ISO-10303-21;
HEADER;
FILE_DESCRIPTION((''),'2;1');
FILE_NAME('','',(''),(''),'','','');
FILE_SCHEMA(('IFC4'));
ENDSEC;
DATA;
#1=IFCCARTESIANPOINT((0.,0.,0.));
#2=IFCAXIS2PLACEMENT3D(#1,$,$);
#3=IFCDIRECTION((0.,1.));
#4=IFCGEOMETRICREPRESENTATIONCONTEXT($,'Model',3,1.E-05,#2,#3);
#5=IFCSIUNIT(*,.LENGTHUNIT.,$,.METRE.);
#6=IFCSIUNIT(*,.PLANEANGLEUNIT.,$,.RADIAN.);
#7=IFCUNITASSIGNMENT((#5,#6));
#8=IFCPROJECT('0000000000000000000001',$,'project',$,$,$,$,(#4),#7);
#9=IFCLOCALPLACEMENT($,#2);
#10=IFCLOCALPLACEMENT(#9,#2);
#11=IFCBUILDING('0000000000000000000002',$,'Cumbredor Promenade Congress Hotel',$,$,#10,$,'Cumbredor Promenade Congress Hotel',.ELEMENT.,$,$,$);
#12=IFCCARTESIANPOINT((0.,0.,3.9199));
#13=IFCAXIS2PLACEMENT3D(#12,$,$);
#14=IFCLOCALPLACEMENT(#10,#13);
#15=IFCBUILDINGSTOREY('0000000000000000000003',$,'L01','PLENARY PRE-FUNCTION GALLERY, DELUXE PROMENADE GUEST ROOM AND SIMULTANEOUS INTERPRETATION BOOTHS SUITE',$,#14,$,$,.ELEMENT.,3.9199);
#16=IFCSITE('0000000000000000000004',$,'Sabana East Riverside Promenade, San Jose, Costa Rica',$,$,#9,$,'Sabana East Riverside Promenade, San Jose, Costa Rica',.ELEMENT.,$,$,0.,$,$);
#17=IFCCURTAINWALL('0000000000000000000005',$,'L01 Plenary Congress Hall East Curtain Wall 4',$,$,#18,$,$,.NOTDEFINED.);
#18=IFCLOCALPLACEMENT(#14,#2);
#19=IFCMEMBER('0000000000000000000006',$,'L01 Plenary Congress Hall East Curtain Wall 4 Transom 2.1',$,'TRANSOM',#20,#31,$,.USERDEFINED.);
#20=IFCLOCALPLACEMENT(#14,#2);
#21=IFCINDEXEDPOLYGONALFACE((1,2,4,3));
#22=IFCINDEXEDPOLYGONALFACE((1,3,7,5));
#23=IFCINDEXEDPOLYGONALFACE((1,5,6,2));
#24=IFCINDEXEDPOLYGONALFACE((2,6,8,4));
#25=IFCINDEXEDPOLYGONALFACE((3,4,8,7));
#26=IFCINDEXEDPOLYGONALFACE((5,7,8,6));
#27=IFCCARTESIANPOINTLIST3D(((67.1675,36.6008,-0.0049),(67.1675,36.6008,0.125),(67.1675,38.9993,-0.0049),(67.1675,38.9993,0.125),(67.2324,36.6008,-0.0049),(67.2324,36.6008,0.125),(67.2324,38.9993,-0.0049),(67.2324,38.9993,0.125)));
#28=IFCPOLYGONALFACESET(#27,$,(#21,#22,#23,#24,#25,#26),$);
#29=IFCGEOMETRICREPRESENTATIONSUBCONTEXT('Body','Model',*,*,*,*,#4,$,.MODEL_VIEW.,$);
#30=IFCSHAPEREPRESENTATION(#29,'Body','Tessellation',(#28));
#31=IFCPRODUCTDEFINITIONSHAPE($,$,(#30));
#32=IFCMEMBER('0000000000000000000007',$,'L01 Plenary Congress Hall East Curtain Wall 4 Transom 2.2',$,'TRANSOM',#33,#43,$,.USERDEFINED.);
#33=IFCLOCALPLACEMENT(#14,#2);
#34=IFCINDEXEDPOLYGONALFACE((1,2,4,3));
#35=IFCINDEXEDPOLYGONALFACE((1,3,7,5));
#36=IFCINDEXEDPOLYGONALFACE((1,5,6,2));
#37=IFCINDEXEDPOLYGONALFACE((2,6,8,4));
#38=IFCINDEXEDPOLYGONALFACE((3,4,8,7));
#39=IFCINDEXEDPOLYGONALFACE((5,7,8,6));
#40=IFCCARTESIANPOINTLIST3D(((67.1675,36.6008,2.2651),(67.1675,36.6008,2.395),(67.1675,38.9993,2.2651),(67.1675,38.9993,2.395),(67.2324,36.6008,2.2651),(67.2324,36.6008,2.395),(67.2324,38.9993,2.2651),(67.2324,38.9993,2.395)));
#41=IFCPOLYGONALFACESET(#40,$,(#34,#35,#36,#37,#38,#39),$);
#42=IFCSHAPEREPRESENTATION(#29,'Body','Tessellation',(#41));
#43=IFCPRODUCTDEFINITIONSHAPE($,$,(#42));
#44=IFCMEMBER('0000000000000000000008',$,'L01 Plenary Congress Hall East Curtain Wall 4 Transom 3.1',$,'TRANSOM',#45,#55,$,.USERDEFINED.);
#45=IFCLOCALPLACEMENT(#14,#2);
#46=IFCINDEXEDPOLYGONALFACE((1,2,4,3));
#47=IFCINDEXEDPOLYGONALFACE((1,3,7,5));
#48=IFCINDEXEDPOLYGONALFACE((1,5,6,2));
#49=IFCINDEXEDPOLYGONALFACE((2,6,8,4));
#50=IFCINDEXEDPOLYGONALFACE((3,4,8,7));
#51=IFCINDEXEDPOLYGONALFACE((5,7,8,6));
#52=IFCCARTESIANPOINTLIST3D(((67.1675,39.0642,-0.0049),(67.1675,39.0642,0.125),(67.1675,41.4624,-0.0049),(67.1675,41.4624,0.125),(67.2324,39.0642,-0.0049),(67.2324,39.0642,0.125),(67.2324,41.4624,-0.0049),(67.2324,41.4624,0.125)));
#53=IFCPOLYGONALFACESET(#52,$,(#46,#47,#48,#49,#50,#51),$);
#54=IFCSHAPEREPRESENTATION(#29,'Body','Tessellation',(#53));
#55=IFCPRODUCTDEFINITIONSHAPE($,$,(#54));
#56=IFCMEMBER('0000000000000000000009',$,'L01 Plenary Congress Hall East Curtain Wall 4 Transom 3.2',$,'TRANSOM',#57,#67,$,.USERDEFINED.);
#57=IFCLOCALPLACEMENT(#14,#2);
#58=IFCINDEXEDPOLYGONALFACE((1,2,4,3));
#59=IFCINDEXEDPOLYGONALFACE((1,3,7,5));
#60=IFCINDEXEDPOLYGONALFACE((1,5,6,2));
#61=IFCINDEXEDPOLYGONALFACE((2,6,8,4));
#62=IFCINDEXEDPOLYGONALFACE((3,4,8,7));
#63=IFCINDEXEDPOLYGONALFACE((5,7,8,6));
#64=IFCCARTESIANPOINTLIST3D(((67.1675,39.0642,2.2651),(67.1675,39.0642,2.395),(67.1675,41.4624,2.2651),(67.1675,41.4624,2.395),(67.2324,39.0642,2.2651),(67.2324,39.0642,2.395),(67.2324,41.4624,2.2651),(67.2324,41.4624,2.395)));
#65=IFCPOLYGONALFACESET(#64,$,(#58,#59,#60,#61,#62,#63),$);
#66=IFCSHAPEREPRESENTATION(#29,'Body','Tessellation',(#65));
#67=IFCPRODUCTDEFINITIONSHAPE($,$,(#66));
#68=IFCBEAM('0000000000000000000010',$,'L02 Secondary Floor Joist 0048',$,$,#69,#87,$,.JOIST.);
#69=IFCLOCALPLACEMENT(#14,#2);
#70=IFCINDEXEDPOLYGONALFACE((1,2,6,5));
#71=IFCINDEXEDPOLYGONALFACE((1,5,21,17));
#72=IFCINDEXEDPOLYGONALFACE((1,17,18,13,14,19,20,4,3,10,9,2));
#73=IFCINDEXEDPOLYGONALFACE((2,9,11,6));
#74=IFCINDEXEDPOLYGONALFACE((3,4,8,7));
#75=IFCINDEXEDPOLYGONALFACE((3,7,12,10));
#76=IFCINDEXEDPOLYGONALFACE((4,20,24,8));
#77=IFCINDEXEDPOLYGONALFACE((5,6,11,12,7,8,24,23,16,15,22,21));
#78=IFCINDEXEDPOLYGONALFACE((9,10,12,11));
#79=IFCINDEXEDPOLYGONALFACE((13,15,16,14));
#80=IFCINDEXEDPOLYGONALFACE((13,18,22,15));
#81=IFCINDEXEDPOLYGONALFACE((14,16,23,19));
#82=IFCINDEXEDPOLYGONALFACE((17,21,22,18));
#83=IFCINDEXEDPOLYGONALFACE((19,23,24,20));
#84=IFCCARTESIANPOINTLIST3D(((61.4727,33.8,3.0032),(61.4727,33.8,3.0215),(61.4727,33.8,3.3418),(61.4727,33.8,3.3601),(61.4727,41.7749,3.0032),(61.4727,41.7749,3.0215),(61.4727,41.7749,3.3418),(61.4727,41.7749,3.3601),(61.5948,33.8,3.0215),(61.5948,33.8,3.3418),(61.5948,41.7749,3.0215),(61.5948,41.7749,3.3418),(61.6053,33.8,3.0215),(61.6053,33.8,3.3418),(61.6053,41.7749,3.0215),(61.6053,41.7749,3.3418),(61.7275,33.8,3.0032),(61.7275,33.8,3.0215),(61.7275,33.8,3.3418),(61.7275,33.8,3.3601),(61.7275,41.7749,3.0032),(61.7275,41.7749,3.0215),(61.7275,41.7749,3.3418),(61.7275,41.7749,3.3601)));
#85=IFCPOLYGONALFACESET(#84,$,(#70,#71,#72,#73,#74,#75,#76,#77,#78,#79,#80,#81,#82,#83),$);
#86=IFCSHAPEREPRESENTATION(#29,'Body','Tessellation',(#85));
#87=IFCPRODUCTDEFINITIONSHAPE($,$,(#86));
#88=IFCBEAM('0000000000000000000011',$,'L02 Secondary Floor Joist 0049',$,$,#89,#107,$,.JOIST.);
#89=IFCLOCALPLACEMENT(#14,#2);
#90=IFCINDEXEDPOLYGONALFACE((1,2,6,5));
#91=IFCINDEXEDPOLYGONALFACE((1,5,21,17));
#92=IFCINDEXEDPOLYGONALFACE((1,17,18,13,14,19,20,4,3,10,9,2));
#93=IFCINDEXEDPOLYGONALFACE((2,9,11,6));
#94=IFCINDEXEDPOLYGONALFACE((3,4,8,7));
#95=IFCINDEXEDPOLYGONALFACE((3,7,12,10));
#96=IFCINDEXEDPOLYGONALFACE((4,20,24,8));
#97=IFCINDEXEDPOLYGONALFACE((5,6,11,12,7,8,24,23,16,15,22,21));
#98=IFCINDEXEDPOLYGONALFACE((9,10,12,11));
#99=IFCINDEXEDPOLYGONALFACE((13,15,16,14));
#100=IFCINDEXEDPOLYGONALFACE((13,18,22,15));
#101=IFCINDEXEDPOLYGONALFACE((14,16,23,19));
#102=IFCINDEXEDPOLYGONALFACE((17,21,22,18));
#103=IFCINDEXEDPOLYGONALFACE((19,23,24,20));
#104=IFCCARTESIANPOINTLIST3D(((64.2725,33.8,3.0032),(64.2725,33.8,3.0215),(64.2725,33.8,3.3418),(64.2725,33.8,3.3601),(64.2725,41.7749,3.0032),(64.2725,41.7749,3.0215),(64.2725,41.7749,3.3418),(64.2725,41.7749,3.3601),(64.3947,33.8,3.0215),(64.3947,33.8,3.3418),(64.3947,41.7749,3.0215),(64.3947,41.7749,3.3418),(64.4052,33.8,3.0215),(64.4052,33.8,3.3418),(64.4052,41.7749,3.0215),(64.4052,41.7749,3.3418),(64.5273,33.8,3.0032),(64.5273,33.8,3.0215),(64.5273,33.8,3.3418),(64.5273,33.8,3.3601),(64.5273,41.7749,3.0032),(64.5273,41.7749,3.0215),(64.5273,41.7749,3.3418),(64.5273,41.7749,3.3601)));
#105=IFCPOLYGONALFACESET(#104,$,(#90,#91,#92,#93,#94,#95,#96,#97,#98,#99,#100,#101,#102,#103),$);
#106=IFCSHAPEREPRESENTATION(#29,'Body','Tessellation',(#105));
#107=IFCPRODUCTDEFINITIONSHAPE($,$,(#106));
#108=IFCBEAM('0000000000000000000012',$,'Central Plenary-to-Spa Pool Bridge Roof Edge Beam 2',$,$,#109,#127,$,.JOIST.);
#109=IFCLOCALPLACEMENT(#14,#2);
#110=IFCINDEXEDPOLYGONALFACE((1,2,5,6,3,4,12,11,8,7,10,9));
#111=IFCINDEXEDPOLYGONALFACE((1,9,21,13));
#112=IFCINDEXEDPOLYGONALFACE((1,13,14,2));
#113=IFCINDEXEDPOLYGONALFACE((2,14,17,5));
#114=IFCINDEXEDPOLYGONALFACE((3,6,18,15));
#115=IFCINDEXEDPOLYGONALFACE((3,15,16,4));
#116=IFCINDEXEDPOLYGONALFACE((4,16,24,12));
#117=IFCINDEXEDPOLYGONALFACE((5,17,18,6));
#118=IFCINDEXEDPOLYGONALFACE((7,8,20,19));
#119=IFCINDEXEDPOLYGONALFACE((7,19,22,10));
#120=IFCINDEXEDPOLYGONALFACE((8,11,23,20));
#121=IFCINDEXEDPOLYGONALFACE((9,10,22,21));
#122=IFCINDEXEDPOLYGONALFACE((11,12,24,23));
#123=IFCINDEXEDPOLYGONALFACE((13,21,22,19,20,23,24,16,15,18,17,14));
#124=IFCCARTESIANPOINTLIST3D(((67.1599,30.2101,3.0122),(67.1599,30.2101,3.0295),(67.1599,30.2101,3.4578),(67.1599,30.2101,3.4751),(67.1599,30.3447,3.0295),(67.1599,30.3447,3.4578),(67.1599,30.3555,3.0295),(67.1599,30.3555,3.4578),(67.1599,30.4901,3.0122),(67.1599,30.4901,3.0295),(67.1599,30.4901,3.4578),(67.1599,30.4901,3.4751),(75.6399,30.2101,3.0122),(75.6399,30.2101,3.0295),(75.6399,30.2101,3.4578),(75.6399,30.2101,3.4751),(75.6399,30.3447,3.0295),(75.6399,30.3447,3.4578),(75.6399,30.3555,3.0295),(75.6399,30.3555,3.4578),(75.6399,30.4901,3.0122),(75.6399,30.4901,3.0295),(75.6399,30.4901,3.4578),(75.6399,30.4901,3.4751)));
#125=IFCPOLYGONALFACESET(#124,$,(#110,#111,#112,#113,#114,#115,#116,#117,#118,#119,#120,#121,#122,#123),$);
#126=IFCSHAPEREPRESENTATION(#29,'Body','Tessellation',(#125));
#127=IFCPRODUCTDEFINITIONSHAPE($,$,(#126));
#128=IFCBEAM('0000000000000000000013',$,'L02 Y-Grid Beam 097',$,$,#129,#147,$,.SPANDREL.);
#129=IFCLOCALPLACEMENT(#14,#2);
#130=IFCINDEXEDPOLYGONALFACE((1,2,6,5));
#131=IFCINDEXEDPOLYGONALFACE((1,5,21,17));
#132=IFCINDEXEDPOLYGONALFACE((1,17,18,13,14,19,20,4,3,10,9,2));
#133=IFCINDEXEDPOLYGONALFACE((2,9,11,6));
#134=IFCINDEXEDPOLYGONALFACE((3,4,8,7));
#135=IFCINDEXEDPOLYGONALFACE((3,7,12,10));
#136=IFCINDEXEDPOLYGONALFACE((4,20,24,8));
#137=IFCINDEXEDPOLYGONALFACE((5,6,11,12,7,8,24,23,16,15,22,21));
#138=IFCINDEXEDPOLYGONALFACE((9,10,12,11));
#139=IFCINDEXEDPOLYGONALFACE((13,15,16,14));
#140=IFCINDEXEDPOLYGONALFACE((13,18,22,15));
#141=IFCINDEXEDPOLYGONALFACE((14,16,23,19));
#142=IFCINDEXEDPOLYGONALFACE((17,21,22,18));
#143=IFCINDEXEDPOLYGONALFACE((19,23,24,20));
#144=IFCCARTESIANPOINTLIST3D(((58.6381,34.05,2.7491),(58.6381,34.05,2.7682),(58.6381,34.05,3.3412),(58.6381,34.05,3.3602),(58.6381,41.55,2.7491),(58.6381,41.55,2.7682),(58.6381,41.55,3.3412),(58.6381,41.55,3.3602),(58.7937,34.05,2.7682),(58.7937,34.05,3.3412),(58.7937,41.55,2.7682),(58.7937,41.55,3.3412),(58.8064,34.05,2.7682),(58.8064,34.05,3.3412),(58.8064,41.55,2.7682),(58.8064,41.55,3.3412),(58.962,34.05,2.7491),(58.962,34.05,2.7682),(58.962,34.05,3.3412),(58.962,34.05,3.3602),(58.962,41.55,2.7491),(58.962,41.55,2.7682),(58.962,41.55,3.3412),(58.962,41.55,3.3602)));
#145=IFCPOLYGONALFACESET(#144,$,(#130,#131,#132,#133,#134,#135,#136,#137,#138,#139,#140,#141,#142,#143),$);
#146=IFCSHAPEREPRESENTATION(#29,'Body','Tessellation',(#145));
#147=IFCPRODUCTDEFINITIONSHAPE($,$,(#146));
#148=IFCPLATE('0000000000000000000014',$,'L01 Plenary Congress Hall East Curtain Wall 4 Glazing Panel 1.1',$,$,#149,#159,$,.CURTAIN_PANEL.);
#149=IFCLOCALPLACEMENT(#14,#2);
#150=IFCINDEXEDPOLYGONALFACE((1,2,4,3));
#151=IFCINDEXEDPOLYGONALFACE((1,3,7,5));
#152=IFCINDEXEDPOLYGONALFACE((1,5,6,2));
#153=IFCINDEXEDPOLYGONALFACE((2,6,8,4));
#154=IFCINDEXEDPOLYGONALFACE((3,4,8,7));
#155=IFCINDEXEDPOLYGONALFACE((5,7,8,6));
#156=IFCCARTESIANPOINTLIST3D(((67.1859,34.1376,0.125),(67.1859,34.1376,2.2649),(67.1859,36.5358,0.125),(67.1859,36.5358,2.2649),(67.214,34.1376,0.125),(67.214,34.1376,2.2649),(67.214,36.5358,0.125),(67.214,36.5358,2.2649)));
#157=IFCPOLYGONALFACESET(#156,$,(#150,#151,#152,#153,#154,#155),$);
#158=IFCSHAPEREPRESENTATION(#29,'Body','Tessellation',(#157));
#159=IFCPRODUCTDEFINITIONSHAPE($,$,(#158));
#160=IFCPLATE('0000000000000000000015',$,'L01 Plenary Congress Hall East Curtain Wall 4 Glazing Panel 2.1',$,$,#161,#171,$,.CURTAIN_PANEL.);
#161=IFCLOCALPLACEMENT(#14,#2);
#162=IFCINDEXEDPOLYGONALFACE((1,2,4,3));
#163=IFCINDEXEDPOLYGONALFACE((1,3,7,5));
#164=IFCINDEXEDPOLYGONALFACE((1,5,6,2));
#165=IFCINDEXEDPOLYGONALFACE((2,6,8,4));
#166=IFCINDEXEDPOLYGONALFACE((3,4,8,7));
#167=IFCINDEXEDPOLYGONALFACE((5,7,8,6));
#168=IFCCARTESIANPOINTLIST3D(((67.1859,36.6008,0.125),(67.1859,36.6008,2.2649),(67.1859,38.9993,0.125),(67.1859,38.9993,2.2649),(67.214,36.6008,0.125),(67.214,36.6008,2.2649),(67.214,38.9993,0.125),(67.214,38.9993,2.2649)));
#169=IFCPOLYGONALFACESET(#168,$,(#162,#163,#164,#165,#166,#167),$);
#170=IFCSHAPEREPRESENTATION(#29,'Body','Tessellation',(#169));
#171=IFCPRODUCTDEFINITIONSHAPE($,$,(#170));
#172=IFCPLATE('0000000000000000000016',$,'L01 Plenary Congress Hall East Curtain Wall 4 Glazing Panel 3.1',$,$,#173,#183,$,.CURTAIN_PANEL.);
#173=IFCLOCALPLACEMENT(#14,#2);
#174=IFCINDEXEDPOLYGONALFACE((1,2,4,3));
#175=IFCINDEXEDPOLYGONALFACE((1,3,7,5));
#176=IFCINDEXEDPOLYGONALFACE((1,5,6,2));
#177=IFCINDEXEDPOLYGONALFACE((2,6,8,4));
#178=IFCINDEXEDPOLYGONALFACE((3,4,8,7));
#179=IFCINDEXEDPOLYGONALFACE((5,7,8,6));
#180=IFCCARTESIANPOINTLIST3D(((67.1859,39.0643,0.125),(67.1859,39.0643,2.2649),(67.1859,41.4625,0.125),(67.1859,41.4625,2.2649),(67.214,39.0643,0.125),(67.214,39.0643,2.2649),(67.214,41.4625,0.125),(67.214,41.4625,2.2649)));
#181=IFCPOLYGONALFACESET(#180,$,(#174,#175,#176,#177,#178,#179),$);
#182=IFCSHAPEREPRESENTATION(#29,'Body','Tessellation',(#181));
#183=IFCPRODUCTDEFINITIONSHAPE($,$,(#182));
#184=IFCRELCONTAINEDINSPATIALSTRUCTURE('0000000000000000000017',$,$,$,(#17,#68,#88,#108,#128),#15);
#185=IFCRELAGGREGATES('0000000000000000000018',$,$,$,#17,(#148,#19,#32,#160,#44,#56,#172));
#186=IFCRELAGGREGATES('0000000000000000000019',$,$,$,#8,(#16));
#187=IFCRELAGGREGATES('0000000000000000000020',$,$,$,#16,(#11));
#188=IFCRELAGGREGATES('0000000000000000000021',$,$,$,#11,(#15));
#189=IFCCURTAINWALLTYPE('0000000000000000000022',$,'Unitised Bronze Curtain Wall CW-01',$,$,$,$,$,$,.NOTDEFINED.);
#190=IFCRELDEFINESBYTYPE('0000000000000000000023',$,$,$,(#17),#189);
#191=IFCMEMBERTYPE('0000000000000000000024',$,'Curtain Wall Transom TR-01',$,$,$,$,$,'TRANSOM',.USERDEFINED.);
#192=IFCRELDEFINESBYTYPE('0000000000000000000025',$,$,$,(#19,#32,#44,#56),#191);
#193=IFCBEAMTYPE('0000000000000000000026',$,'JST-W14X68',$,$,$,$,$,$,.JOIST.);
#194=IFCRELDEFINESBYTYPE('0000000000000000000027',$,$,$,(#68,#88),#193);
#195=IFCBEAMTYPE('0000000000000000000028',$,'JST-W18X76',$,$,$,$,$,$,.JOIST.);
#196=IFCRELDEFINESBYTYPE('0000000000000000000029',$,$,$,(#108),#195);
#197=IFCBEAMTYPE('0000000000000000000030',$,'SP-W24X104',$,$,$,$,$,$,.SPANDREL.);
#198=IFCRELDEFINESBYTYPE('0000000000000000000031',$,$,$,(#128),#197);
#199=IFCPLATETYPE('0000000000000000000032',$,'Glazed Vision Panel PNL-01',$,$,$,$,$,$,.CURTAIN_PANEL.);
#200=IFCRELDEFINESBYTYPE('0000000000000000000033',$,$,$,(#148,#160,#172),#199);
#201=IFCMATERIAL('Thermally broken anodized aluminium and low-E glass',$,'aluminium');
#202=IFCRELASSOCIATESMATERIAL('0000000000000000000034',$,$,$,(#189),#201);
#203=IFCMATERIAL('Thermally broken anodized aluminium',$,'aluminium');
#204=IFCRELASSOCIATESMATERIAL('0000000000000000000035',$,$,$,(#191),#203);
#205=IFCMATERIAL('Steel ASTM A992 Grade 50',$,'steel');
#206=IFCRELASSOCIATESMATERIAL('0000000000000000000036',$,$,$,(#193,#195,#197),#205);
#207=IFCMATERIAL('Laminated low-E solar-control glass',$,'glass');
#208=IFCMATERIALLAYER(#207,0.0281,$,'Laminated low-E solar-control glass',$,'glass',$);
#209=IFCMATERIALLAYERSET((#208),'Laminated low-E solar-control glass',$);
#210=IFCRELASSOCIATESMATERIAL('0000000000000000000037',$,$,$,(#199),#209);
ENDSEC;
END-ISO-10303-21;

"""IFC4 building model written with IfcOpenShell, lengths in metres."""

from ifc_helpers import new_model, si_unit, direction, frame, origin, origin_2d, place, context, subcontext, project, spatial, rectangle, i_section, extrude, material, layer, layer_set, material_profile, profile_set, type_object, element, aggregate, save


model = new_model("IFC4")

# Units and contexts
model_context = context("Model", 3, precision=1e-05, world=origin(), true_north=direction((0.0, 1.0)))
body_context = subcontext(model_context, "Body", "Model", "MODEL_VIEW")
ifc_project = project(units=[si_unit("LENGTHUNIT", "METRE"), si_unit("PLANEANGLEUNIT", "RADIAN")], contexts=[model_context])

# Site, building, storey
site_placement = place(None, origin())
site = spatial("IfcSite", under=ifc_project, at=site_placement, Name="Sabana East Riverside Promenade, San Jose, Costa Rica", LongName="Sabana East Riverside Promenade, San Jose, Costa Rica", CompositionType="ELEMENT", RefElevation=0.0)
building_placement = place(site_placement, origin())
building = spatial("IfcBuilding", under=site, at=building_placement, Name="Cumbredor Promenade Congress Hotel", LongName="Cumbredor Promenade Congress Hotel", CompositionType="ELEMENT")
storey_placement = place(building_placement, frame((0.0, 0.0, 3.9199)))
storey = spatial("IfcBuildingStorey", under=building, at=storey_placement, Name="L01", Description="PLENARY PRE-FUNCTION GALLERY, DELUXE PROMENADE GUEST ROOM AND SIMULTANEOUS INTERPRETATION BOOTHS SUITE", CompositionType="ELEMENT", Elevation=3.9199)

# Shared definitions
ifc_material_1 = material(Name="Steel ASTM A992 Grade 50", Category="steel")

# Curtain wall, members
ifc_material_2 = material(Name="Thermally broken anodized aluminium and low-E glass", Category="aluminium")
curtain_wall_type = type_object("IfcCurtainWallType", Name="Unitised Bronze Curtain Wall CW-01", PredefinedType="NOTDEFINED", material=ifc_material_2)
curtain_wall_placement = place(storey_placement, origin())
curtain_wall = element("IfcCurtainWall", 1, at=curtain_wall_placement, inside=storey, type_object=curtain_wall_type, Name="L01 Plenary Congress Hall East Curtain Wall 4", PredefinedType="NOTDEFINED")
ifc_material_3 = material(Name="Thermally broken anodized aluminium", Category="aluminium")
ifc_material_profile_1 = material_profile(ifc_material_3, rectangle(XDim=0.0649, YDim=0.1299, at=origin_2d()), Name="ALU TRANSOM 65x130")
ifc_profile_set_1 = profile_set([ifc_material_profile_1], Name="Thermally broken anodized aluminium")
member_type_1 = type_object("IfcMemberType", Name="Curtain Wall Transom TR-01", ElementType="TRANSOM", PredefinedType="USERDEFINED", material=ifc_profile_set_1)
member_1_placement = place(storey_placement, frame((67.2, 36.6008, 0.0601), z_axis=(0.0, 1.0, 0.0), x_axis=(-1.0, 0.0, 0.0)))
member_1 = element("IfcMember", 2, at=member_1_placement, type_object=member_type_1, Name="L01 Plenary Congress Hall East Curtain Wall 4 Transom 2.1", ObjectType="TRANSOM", PredefinedType="USERDEFINED", context=body_context, shape_type="SweptSolid", body=[
    extrude(rectangle(XDim=0.0649, YDim=0.1299, at=origin_2d()), origin(), (0.0, 0.0, 1.0), 2.3984),
])
member_2_placement = place(storey_placement, frame((67.2, 36.6008, 2.3301), z_axis=(0.0, 1.0, 0.0), x_axis=(-1.0, 0.0, 0.0)))
member_2 = element("IfcMember", 3, at=member_2_placement, type_object=member_type_1, Name="L01 Plenary Congress Hall East Curtain Wall 4 Transom 2.2", ObjectType="TRANSOM", PredefinedType="USERDEFINED", context=body_context, shape_type="SweptSolid", body=[
    extrude(rectangle(XDim=0.0649, YDim=0.1299, at=origin_2d()), origin(), (0.0, 0.0, 1.0), 2.3984),
])
member_3_placement = place(storey_placement, frame((67.2, 39.0642, 0.0601), z_axis=(0.0, 1.0, 0.0), x_axis=(-1.0, 0.0, 0.0)))
member_3 = element("IfcMember", 4, at=member_3_placement, type_object=member_type_1, Name="L01 Plenary Congress Hall East Curtain Wall 4 Transom 3.1", ObjectType="TRANSOM", PredefinedType="USERDEFINED", context=body_context, shape_type="SweptSolid", body=[
    extrude(rectangle(XDim=0.0649, YDim=0.1299, at=origin_2d()), origin(), (0.0, 0.0, 1.0), 2.3982),
])
member_4_placement = place(storey_placement, frame((67.2, 39.0642, 2.3301), z_axis=(0.0, 1.0, 0.0), x_axis=(-1.0, 0.0, 0.0)))
member_4 = element("IfcMember", 5, at=member_4_placement, type_object=member_type_1, Name="L01 Plenary Congress Hall East Curtain Wall 4 Transom 3.2", ObjectType="TRANSOM", PredefinedType="USERDEFINED", context=body_context, shape_type="SweptSolid", body=[
    extrude(rectangle(XDim=0.0649, YDim=0.1299, at=origin_2d()), origin(), (0.0, 0.0, 1.0), 2.3982),
])

# Beams
ifc_material_profile_2 = material_profile(ifc_material_1, i_section(OverallWidth=0.2549, OverallDepth=0.3569, WebThickness=0.0105, FlangeThickness=0.0183, at=origin_2d()), Name="W14X68")
ifc_profile_set_2 = profile_set([ifc_material_profile_2], Name="Steel ASTM A992 Grade 50")
beam_type_1 = type_object("IfcBeamType", Name="JST-W14X68", PredefinedType="JOIST", material=ifc_profile_set_2)
for number, where, z_axis, x_axis, name in (
    (6, (61.6001, 33.8, 3.1816), (0.0, 1.0, 0.0), (-1.0, 0.0, 0.0), "L02 Secondary Floor Joist 0048"),
    (7, (64.3999, 33.8, 3.1816), (0.0, 1.0, 0.0), (-1.0, 0.0, 0.0), "L02 Secondary Floor Joist 0049"),
):
    element("IfcBeam", number, at=place(storey_placement, frame(where, z_axis=z_axis, x_axis=x_axis)), inside=storey, type_object=beam_type_1, Name=name, PredefinedType="JOIST", context=body_context, shape_type="SweptSolid", body=[
        extrude(i_section(OverallWidth=0.2549, OverallDepth=0.3569, WebThickness=0.0105, FlangeThickness=0.0183, at=origin_2d()), origin(), (0.0, 0.0, 1.0), 7.9749),
    ])
ifc_material_profile_3 = material_profile(ifc_material_1, i_section(OverallWidth=0.28, OverallDepth=0.4629, WebThickness=0.0107, FlangeThickness=0.0173, at=origin_2d()), Name="W18X76")
ifc_profile_set_3 = profile_set([ifc_material_profile_3], Name="Steel ASTM A992 Grade 50")
beam_type_2 = type_object("IfcBeamType", Name="JST-W18X76", PredefinedType="JOIST", material=ifc_profile_set_3)
beam_1_placement = place(storey_placement, frame((67.1599, 30.3501, 3.2437), z_axis=(1.0, 0.0, 0.0), x_axis=(0.0, 1.0, 0.0)))
element("IfcBeam", 8, at=beam_1_placement, inside=storey, type_object=beam_type_2, Name="Central Plenary-to-Spa Pool Bridge Roof Edge Beam 2", PredefinedType="JOIST", context=body_context, shape_type="SweptSolid", body=[
    extrude(i_section(OverallWidth=0.28, OverallDepth=0.4629, WebThickness=0.0107, FlangeThickness=0.0173, at=origin_2d()), origin(), (0.0, 0.0, 1.0), 8.48),
])
ifc_material_profile_4 = material_profile(ifc_material_1, i_section(OverallWidth=0.324, OverallDepth=0.6111, WebThickness=0.0127, FlangeThickness=0.019, at=origin_2d()), Name="W24X104")
ifc_profile_set_4 = profile_set([ifc_material_profile_4], Name="Steel ASTM A992 Grade 50")
beam_type_3 = type_object("IfcBeamType", Name="SP-W24X104", PredefinedType="SPANDREL", material=ifc_profile_set_4)
beam_2_placement = place(storey_placement, frame((58.8, 34.05, 3.0547), z_axis=(0.0, 1.0, 0.0), x_axis=(-1.0, 0.0, 0.0)))
element("IfcBeam", 9, at=beam_2_placement, inside=storey, type_object=beam_type_3, Name="L02 Y-Grid Beam 097", PredefinedType="SPANDREL", context=body_context, shape_type="SweptSolid", body=[
    extrude(i_section(OverallWidth=0.324, OverallDepth=0.6111, WebThickness=0.0127, FlangeThickness=0.019, at=origin_2d()), origin(), (0.0, 0.0, 1.0), 7.5),
])

# Plates
ifc_material_4 = material(Name="Laminated low-E solar-control glass", Category="glass")
ifc_layer = layer(ifc_material_4, 0.0281, Name="Laminated low-E solar-control glass", Category="glass")
ifc_layer_set = layer_set([ifc_layer], Name="Laminated low-E solar-control glass")
plate_type = type_object("IfcPlateType", Name="Glazed Vision Panel PNL-01", PredefinedType="CURTAIN_PANEL", material=ifc_layer_set)
plate_1_placement = place(storey_placement, frame((67.2, 35.3367, 0.125), z_axis=(0.0, 0.0, 1.0), x_axis=(0.0, 1.0, 0.0)))
plate_1 = element("IfcPlate", 10, at=plate_1_placement, type_object=plate_type, Name="L01 Plenary Congress Hall East Curtain Wall 4 Glazing Panel 1.1", PredefinedType="CURTAIN_PANEL", context=body_context, shape_type="SweptSolid", body=[
    extrude(rectangle(XDim=2.3982, YDim=0.0281, at=origin_2d()), origin(), (0.0, 0.0, 1.0), 2.1399),
])
plate_2_placement = place(storey_placement, frame((67.2, 37.8, 0.125), z_axis=(0.0, 0.0, 1.0), x_axis=(0.0, 1.0, 0.0)))
plate_2 = element("IfcPlate", 11, at=plate_2_placement, type_object=plate_type, Name="L01 Plenary Congress Hall East Curtain Wall 4 Glazing Panel 2.1", PredefinedType="CURTAIN_PANEL", context=body_context, shape_type="SweptSolid", body=[
    extrude(rectangle(XDim=2.3984, YDim=0.0281, at=origin_2d()), origin(), (0.0, 0.0, 1.0), 2.1399),
])
plate_3_placement = place(storey_placement, frame((67.2, 40.2634, 0.125), z_axis=(0.0, 0.0, 1.0), x_axis=(0.0, 1.0, 0.0)))
plate_3 = element("IfcPlate", 12, at=plate_3_placement, type_object=plate_type, Name="L01 Plenary Congress Hall East Curtain Wall 4 Glazing Panel 3.1", PredefinedType="CURTAIN_PANEL", context=body_context, shape_type="SweptSolid", body=[
    extrude(rectangle(XDim=2.3982, YDim=0.0281, at=origin_2d()), origin(), (0.0, 0.0, 1.0), 2.1399),
])
aggregate(curtain_wall, [plate_1, member_1, member_2, plate_2, member_3, member_4, plate_3])

save(model, "model.ifc")
